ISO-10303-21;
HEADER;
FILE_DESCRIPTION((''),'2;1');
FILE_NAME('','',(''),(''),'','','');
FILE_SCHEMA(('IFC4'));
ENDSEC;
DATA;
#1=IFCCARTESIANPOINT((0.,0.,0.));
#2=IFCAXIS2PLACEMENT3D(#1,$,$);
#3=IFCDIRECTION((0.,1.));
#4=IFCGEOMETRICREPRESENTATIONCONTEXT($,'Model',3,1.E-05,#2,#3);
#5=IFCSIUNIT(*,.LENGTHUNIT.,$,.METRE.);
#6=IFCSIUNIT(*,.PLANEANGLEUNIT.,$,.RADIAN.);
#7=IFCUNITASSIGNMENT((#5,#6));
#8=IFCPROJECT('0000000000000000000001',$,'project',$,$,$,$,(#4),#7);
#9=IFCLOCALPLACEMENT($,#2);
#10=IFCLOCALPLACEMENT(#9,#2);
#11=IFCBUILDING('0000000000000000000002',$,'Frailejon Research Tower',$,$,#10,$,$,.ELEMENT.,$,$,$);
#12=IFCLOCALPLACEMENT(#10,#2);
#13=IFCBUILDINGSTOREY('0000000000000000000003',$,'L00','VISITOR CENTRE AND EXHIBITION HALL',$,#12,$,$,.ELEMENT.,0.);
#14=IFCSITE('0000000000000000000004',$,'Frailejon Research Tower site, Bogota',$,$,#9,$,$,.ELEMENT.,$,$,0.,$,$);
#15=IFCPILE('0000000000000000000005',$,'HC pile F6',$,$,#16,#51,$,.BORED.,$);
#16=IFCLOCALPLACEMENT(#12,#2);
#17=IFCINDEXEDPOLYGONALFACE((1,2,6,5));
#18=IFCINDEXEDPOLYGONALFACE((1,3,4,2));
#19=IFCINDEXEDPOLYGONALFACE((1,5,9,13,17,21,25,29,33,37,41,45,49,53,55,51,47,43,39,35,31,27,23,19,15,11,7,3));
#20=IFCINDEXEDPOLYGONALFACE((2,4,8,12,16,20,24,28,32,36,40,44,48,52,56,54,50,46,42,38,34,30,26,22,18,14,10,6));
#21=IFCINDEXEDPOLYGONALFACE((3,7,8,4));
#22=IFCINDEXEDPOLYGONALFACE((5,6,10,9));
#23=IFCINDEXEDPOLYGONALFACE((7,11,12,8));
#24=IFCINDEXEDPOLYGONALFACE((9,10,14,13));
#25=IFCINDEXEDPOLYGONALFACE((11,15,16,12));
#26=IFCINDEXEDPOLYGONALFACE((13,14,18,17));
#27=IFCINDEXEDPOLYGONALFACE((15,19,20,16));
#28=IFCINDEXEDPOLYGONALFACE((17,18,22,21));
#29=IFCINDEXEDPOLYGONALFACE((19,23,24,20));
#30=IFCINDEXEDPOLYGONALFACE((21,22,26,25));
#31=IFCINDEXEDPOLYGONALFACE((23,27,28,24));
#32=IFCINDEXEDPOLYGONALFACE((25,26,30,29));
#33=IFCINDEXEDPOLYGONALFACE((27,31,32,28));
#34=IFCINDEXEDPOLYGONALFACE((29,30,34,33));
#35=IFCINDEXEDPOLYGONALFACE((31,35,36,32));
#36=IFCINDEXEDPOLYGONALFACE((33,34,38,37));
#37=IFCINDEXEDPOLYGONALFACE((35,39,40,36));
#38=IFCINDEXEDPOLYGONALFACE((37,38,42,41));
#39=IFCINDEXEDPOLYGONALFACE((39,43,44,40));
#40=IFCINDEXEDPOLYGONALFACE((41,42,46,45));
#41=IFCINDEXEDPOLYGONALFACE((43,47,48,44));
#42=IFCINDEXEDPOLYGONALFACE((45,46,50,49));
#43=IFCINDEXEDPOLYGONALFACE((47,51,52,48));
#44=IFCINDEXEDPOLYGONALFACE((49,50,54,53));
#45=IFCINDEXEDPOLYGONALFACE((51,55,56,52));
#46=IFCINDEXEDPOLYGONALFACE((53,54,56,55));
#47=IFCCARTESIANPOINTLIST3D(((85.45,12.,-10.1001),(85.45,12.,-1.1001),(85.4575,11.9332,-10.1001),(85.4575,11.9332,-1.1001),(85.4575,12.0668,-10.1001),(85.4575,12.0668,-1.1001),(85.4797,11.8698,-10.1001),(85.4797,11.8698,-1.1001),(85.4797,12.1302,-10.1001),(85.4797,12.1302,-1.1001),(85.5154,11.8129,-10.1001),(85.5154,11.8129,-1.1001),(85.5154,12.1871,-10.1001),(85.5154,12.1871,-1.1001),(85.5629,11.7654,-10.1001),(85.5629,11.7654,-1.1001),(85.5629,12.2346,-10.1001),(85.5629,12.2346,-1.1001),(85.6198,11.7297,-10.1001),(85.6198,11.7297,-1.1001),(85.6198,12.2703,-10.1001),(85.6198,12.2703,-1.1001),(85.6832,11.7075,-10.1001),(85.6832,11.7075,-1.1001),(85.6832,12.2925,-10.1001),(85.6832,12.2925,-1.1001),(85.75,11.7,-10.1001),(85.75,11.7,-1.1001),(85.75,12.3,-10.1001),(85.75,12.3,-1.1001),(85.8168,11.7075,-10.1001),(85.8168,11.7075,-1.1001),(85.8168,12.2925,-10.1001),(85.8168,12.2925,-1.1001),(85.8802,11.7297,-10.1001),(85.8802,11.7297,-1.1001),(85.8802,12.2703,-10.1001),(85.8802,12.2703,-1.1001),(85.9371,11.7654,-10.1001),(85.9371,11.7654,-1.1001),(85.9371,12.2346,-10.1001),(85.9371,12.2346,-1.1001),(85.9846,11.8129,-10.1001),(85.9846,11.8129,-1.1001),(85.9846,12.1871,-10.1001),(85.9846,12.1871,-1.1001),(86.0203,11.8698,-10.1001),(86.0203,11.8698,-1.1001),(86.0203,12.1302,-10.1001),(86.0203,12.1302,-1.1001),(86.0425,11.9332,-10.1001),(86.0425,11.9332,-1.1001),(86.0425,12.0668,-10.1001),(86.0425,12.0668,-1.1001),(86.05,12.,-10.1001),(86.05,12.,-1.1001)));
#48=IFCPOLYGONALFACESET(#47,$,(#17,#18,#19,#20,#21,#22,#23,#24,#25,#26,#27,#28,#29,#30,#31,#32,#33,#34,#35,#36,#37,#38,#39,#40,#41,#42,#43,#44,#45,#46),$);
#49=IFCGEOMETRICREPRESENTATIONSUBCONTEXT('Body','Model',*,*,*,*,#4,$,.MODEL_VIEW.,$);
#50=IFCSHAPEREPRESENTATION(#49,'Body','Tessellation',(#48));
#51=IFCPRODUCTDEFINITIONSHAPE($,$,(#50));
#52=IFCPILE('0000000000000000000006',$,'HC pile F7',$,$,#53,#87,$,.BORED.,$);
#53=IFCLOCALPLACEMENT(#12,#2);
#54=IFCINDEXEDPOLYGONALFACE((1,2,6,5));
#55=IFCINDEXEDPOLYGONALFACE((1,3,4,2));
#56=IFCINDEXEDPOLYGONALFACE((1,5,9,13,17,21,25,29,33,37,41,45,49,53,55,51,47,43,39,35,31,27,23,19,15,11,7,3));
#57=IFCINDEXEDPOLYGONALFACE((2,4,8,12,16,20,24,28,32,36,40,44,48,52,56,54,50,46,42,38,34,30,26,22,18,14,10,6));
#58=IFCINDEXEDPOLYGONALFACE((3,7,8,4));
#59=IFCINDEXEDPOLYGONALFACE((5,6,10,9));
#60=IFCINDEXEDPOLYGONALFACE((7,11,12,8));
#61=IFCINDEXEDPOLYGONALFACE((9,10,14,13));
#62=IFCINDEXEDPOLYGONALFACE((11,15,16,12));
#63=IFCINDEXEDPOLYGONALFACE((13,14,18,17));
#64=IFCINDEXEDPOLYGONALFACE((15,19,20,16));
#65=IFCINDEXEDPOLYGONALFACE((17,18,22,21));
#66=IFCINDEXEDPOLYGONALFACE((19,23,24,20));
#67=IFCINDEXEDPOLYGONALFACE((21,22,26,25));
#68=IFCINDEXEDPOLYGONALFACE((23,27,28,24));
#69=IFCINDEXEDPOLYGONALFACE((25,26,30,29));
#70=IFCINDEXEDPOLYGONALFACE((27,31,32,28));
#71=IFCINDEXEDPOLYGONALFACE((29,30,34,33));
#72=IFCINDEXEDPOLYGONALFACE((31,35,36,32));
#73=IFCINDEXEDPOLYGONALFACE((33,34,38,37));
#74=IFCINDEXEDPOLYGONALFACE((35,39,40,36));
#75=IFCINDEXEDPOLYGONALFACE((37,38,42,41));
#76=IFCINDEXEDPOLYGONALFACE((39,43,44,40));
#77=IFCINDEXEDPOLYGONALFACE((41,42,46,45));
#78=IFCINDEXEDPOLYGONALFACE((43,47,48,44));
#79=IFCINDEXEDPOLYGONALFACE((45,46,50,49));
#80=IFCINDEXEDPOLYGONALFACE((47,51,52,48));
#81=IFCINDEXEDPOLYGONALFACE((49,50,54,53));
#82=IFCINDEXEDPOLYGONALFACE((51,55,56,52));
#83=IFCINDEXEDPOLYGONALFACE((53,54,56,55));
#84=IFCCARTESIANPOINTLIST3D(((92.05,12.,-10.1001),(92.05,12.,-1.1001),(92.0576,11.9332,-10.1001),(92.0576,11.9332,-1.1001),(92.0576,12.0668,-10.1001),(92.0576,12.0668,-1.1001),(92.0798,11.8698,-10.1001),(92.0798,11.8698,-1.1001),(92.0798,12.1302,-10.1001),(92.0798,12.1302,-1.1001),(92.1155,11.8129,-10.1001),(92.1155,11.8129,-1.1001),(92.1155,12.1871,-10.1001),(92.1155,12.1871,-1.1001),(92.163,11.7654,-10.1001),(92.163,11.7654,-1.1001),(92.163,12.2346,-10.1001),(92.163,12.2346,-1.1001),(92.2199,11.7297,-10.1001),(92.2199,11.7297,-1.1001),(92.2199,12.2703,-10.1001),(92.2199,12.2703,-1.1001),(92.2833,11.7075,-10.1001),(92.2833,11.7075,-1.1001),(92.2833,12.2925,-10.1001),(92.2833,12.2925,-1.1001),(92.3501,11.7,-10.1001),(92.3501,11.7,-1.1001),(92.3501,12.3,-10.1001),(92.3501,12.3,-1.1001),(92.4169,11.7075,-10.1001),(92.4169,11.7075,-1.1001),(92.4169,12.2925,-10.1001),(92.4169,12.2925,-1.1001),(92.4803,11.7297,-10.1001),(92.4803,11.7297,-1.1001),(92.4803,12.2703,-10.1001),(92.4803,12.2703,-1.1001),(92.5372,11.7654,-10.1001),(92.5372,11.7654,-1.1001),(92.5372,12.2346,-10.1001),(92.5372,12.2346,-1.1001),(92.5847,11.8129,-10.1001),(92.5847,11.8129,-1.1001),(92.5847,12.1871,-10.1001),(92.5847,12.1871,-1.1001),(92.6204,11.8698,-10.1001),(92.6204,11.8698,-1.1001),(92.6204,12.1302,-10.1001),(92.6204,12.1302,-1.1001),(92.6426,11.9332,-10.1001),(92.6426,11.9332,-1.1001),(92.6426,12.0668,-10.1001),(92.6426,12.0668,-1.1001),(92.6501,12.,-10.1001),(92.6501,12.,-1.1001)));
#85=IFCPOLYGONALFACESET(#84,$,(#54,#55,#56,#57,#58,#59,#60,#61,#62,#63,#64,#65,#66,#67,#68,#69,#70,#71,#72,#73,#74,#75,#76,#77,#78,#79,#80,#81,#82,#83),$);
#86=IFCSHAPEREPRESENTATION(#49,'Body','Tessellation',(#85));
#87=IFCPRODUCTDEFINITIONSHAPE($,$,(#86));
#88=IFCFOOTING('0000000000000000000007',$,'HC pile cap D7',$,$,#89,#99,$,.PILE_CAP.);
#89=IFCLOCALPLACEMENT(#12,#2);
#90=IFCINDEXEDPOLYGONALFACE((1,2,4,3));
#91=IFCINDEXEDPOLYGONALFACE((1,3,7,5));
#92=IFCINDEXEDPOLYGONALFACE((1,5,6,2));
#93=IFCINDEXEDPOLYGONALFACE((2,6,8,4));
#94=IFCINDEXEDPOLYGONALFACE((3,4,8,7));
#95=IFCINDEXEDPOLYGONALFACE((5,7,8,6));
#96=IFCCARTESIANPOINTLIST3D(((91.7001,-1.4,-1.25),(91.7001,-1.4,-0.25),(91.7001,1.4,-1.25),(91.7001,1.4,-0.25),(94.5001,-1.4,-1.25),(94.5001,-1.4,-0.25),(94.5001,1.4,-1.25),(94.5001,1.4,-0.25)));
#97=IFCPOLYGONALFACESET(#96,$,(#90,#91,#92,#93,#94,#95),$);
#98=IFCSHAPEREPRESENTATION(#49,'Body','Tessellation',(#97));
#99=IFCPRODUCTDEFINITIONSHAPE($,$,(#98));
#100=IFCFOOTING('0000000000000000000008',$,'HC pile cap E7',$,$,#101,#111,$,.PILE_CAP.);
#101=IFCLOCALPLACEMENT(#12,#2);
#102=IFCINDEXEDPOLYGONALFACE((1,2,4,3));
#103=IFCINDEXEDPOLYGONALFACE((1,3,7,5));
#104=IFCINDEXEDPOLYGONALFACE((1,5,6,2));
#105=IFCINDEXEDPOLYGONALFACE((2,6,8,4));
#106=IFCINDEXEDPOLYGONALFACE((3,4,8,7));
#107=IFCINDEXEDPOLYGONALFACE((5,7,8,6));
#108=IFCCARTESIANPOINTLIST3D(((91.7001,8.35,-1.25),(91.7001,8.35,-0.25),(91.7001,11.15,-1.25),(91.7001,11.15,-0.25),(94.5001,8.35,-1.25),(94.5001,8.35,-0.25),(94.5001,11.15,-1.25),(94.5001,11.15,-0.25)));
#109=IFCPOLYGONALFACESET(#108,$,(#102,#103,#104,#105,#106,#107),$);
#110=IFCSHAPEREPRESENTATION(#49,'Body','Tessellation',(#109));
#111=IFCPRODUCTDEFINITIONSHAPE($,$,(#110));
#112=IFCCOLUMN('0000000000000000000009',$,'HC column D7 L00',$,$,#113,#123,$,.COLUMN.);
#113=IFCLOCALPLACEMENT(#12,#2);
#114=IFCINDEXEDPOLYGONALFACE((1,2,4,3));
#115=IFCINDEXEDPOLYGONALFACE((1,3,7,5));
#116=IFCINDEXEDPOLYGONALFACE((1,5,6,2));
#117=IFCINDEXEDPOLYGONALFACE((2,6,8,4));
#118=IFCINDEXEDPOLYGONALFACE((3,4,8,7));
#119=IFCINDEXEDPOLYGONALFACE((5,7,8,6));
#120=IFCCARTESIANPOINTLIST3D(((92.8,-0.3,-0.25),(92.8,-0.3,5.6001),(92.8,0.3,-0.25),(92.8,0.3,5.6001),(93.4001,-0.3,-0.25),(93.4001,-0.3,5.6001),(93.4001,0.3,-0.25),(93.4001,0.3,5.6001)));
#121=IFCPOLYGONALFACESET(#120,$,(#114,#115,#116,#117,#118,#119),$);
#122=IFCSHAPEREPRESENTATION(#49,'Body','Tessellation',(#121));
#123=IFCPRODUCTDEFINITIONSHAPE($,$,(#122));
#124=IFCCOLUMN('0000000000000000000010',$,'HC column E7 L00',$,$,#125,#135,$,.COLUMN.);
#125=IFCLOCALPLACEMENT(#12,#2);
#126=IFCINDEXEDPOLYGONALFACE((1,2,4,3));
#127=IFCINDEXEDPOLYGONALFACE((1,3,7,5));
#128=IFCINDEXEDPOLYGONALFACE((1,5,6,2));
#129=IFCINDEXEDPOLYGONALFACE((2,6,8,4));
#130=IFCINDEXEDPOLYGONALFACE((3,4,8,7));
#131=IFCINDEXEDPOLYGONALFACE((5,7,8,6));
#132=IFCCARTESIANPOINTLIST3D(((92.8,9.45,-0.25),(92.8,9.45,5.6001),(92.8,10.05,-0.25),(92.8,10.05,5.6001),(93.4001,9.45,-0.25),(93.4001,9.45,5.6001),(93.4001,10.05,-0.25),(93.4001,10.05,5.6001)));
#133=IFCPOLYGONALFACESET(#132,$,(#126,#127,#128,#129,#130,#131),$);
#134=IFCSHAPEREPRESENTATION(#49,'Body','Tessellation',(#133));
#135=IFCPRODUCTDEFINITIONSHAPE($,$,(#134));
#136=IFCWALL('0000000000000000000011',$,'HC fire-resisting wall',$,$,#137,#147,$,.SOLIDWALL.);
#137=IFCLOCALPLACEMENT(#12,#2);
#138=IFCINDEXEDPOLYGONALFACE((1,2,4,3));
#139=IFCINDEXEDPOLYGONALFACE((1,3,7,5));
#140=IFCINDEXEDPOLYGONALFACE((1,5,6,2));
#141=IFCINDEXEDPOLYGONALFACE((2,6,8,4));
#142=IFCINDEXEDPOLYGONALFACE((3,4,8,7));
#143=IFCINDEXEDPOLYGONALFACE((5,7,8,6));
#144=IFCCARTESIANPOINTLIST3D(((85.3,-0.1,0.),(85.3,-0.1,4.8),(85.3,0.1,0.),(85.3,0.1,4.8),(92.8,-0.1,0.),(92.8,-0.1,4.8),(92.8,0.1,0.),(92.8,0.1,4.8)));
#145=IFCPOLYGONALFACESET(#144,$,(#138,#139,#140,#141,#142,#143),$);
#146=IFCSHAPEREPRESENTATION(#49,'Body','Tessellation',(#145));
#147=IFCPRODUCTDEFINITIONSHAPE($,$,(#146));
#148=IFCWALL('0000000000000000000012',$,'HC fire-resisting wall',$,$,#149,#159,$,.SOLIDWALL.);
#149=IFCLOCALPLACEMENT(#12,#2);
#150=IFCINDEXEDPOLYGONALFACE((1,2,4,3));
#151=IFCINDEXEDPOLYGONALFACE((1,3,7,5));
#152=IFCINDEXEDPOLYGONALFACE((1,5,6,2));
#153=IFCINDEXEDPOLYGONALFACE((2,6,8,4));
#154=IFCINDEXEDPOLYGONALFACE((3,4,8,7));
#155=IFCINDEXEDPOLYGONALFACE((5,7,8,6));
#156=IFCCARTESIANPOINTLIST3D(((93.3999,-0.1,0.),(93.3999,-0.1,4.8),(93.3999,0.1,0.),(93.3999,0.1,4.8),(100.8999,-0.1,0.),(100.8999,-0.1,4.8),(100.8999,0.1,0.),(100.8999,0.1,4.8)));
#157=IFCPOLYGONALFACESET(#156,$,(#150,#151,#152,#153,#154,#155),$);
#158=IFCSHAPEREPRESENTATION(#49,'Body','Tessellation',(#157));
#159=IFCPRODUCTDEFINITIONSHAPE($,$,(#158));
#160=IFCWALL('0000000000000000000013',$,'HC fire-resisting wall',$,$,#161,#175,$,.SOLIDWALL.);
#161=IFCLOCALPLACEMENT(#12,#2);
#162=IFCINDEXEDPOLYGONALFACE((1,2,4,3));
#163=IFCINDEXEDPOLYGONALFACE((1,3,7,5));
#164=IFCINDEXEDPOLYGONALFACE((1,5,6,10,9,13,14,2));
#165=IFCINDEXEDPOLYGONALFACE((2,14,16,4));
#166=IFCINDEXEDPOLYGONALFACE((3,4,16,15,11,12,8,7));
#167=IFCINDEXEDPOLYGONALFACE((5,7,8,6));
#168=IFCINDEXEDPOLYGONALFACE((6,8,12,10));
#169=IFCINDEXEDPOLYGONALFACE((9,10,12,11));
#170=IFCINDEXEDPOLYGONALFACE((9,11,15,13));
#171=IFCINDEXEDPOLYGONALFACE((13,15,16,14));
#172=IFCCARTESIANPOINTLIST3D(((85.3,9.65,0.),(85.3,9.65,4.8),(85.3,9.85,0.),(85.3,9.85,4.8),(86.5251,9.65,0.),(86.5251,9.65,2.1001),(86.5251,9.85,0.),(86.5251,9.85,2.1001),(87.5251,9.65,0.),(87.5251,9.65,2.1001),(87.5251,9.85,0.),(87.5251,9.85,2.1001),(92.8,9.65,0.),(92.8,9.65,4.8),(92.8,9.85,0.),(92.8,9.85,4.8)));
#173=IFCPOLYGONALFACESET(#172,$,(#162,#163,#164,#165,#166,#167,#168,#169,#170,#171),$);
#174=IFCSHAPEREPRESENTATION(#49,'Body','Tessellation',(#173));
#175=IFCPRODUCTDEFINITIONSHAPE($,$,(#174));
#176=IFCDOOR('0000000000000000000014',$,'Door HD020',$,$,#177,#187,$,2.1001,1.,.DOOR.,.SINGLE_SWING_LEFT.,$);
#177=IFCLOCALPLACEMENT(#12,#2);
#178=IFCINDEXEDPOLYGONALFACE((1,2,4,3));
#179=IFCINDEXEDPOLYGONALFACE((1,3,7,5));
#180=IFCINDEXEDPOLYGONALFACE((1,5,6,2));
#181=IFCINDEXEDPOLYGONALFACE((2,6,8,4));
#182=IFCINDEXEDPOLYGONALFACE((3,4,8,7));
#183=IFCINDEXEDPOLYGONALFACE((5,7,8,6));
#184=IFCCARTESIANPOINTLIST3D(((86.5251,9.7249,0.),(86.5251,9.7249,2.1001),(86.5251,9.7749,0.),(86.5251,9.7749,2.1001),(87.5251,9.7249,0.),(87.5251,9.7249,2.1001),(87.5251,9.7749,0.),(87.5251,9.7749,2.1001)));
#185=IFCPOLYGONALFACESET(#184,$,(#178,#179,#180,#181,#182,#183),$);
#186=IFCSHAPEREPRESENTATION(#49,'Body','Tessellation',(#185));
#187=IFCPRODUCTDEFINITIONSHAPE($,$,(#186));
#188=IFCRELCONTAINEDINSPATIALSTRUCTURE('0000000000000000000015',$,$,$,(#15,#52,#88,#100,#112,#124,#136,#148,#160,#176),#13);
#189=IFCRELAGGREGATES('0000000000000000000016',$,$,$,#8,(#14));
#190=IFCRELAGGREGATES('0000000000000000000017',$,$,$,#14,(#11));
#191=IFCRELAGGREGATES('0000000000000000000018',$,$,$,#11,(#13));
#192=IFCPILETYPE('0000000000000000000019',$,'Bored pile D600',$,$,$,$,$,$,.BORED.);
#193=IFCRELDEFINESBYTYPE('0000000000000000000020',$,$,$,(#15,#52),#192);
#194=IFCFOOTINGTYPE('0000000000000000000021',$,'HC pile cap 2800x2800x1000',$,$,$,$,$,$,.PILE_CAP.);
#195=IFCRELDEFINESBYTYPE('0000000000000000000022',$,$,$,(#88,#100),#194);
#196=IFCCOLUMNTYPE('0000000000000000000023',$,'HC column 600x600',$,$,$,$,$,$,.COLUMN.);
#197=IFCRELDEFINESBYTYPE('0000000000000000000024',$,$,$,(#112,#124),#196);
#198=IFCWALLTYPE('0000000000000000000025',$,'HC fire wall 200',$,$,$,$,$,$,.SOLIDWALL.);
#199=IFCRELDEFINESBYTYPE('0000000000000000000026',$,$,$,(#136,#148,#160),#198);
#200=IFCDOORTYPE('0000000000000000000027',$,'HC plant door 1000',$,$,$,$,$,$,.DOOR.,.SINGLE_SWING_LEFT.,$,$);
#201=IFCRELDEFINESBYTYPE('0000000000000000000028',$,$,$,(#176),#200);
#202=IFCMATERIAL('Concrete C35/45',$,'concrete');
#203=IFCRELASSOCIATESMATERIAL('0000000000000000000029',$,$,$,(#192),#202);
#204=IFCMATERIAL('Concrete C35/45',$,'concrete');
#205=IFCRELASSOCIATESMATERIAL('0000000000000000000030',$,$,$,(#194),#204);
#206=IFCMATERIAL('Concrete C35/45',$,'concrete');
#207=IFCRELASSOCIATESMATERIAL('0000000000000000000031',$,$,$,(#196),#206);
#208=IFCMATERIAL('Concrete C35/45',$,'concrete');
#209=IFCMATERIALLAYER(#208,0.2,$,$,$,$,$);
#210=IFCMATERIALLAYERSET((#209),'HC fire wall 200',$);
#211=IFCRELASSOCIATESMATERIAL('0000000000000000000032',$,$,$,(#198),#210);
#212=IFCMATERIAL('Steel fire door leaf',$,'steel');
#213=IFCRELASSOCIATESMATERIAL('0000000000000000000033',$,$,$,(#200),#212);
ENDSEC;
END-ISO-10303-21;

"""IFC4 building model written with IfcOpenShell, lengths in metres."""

from ifc_helpers import new_model, si_unit, direction, frame, frame_2d, origin, origin_2d, place, context, subcontext, project, spatial, rectangle, circle, extrude, material, layer, layer_set, material_profile, profile_set, type_object, element, fill, save


model = new_model("IFC4")

# Units and contexts
model_context = context("Model", 3, precision=1e-05, world=origin(), true_north=direction((0.0, 1.0)))
body_context = subcontext(model_context, "Body", "Model", "MODEL_VIEW")
ifc_project = project(units=[si_unit("LENGTHUNIT", "METRE"), si_unit("PLANEANGLEUNIT", "RADIAN")], contexts=[model_context])

# Site, building, storey
site_placement = place(None, origin())
site = spatial("IfcSite", under=ifc_project, at=site_placement, Name="Frailejon Research Tower site, Bogota", CompositionType="ELEMENT", RefElevation=0.0)
building_placement = place(site_placement, origin())
building = spatial("IfcBuilding", under=site, at=building_placement, Name="Frailejon Research Tower", CompositionType="ELEMENT")
storey_placement = place(building_placement, origin())
storey = spatial("IfcBuildingStorey", under=building, at=storey_placement, Name="L00", Description="VISITOR CENTRE AND EXHIBITION HALL", CompositionType="ELEMENT", Elevation=0.0)

# Piles
ifc_material_1 = material(Name="Concrete C35/45", Category="concrete")
ifc_material_profile_1 = material_profile(ifc_material_1, circle(Radius=0.3, at=origin_2d()), Name="Bored pile D600")
ifc_profile_set_1 = profile_set([ifc_material_profile_1], Name="Concrete C35/45")
pile_type = type_object("IfcPileType", Name="Bored pile D600", PredefinedType="BORED", material=ifc_profile_set_1)
for number, where, z_axis, x_axis, name in (
    (1, (85.75, 12.0, -1.1001), (0.0, 0.0, -1.0), (1.0, 0.0, 0.0), "HC pile F6"),
    (2, (92.3501, 12.0, -1.1001), (0.0, 0.0, -1.0), (1.0, 0.0, 0.0), "HC pile F7"),
):
    element("IfcPile", number, at=place(storey_placement, frame(where, z_axis=z_axis, x_axis=x_axis)), inside=storey, type_object=pile_type, Name=name, PredefinedType="BORED", context=body_context, shape_type="SweptSolid", body=[
        extrude(circle(Radius=0.3, at=origin_2d()), origin(), (0.0, 0.0, 1.0), 9.0),
    ])

# Footings
ifc_material_2 = material(Name="Concrete C35/45", Category="concrete")
footing_type = type_object("IfcFootingType", Name="HC pile cap 2800x2800x1000", PredefinedType="PILE_CAP", material=ifc_material_2)
for number, where, z_axis, x_axis, name in (
    (3, (93.1001, 0.0, -1.25), (0.0, 0.0, 1.0), (1.0, 0.0, 0.0), "HC pile cap D7"),
    (4, (93.1001, 9.75, -1.25), (0.0, 0.0, 1.0), (1.0, 0.0, 0.0), "HC pile cap E7"),
):
    element("IfcFooting", number, at=place(storey_placement, frame(where, z_axis=z_axis, x_axis=x_axis)), inside=storey, type_object=footing_type, Name=name, PredefinedType="PILE_CAP", context=body_context, shape_type="SweptSolid", body=[
        extrude(rectangle(XDim=2.8, YDim=2.8, at=origin_2d()), origin(), (0.0, 0.0, 1.0), 1.0),
    ])

# Columns
ifc_material_3 = material(Name="Concrete C35/45", Category="concrete")
ifc_material_profile_2 = material_profile(ifc_material_3, rectangle(XDim=0.6001, YDim=0.6001, at=origin_2d()), Name="HC column 600x600")
ifc_profile_set_2 = profile_set([ifc_material_profile_2], Name="Concrete C35/45")
column_type = type_object("IfcColumnType", Name="HC column 600x600", PredefinedType="COLUMN", material=ifc_profile_set_2)
for number, where, z_axis, x_axis, name in (
    (5, (93.1001, 0.0, -0.25), (0.0, 0.0, 1.0), (1.0, 0.0, 0.0), "HC column D7 L00"),
    (6, (93.1001, 9.75, -0.25), (0.0, 0.0, 1.0), (1.0, 0.0, 0.0), "HC column E7 L00"),
):
    element("IfcColumn", number, at=place(storey_placement, frame(where, z_axis=z_axis, x_axis=x_axis)), inside=storey, type_object=column_type, Name=name, PredefinedType="COLUMN", context=body_context, shape_type="SweptSolid", body=[
        extrude(rectangle(XDim=0.6001, YDim=0.6001, at=origin_2d()), origin(), (0.0, 0.0, 1.0), 5.8501),
    ])

# Walls
ifc_material_4 = material(Name="Concrete C35/45", Category="concrete")
ifc_layer_1 = layer(ifc_material_4, 0.2)
ifc_layer_set_1 = layer_set([ifc_layer_1], Name="HC fire wall 200")
wall_type_1 = type_object("IfcWallType", Name="HC fire wall 200", PredefinedType="SOLIDWALL", material=ifc_layer_set_1)
for number, where, z_axis, x_axis, name in (
    (7, (85.3, 0.0, 0.0), (0.0, 0.0, 1.0), (1.0, 0.0, 0.0), "HC fire-resisting wall"),
    (8, (93.3999, 0.0, 0.0), (0.0, 0.0, 1.0), (1.0, 0.0, 0.0), "HC fire-resisting wall"),
):
    element("IfcWall", number, at=place(storey_placement, frame(where, z_axis=z_axis, x_axis=x_axis)), inside=storey, type_object=wall_type_1, Name=name, PredefinedType="SOLIDWALL", context=body_context, shape_type="SweptSolid", body=[
        extrude(rectangle(XDim=7.5, YDim=0.2, at=frame_2d((3.75, 0.0))), origin(), (0.0, 0.0, 1.0), 4.8),
    ])

# Wall, opening, door
wall_1_placement = place(storey_placement, frame((85.3, 9.75, 0.0), z_axis=(0.0, 0.0, 1.0), x_axis=(1.0, 0.0, 0.0)))
wall_1 = element("IfcWall", 9, at=wall_1_placement, inside=storey, type_object=wall_type_1, Name="HC fire-resisting wall", PredefinedType="SOLIDWALL", context=body_context, shape_type="SweptSolid", body=[
    extrude(rectangle(XDim=7.5, YDim=0.2, at=frame_2d((3.75, 0.0))), origin(), (0.0, 0.0, 1.0), 4.8),
])
opening_1_placement = place(wall_1_placement, frame((1.2251, 0.0, 0.0)))
opening_1 = element("IfcOpeningElement", 10, at=opening_1_placement, cuts=wall_1, PredefinedType="OPENING", context=body_context, shape_type="SweptSolid", body=[
    extrude(rectangle(XDim=1.0, YDim=2.1001, at=frame_2d((0.5, 1.05))), frame((0.0, 0.1099, 0.0), z_axis=(0.0, -1.0, 0.0), x_axis=(1.0, 0.0, 0.0)), (0.0, 0.0, 1.0), 0.22),
])
ifc_material_5 = material(Name="Steel fire door leaf", Category="steel")
door_type_1 = type_object("IfcDoorType", Name="HC plant door 1000", OperationType="SINGLE_SWING_LEFT", PredefinedType="DOOR", material=ifc_material_5)
door_1_placement = place(opening_1_placement, origin())
door_1 = element("IfcDoor", 11, at=door_1_placement, inside=storey, type_object=door_type_1, Name="Door HD020", OperationType="SINGLE_SWING_LEFT", OverallHeight=2.1001, OverallWidth=1.0, PredefinedType="DOOR", context=body_context, shape_type="SweptSolid", body=[
    extrude(rectangle(XDim=1.0, YDim=2.1001, at=frame_2d((0.5, 1.05))), frame((0.0, 0.0249, 0.0), z_axis=(0.0, -1.0, 0.0), x_axis=(1.0, 0.0, 0.0)), (0.0, 0.0, 1.0), 0.05),
])
fill(opening_1, door_1)

save(model, "model.ifc")
